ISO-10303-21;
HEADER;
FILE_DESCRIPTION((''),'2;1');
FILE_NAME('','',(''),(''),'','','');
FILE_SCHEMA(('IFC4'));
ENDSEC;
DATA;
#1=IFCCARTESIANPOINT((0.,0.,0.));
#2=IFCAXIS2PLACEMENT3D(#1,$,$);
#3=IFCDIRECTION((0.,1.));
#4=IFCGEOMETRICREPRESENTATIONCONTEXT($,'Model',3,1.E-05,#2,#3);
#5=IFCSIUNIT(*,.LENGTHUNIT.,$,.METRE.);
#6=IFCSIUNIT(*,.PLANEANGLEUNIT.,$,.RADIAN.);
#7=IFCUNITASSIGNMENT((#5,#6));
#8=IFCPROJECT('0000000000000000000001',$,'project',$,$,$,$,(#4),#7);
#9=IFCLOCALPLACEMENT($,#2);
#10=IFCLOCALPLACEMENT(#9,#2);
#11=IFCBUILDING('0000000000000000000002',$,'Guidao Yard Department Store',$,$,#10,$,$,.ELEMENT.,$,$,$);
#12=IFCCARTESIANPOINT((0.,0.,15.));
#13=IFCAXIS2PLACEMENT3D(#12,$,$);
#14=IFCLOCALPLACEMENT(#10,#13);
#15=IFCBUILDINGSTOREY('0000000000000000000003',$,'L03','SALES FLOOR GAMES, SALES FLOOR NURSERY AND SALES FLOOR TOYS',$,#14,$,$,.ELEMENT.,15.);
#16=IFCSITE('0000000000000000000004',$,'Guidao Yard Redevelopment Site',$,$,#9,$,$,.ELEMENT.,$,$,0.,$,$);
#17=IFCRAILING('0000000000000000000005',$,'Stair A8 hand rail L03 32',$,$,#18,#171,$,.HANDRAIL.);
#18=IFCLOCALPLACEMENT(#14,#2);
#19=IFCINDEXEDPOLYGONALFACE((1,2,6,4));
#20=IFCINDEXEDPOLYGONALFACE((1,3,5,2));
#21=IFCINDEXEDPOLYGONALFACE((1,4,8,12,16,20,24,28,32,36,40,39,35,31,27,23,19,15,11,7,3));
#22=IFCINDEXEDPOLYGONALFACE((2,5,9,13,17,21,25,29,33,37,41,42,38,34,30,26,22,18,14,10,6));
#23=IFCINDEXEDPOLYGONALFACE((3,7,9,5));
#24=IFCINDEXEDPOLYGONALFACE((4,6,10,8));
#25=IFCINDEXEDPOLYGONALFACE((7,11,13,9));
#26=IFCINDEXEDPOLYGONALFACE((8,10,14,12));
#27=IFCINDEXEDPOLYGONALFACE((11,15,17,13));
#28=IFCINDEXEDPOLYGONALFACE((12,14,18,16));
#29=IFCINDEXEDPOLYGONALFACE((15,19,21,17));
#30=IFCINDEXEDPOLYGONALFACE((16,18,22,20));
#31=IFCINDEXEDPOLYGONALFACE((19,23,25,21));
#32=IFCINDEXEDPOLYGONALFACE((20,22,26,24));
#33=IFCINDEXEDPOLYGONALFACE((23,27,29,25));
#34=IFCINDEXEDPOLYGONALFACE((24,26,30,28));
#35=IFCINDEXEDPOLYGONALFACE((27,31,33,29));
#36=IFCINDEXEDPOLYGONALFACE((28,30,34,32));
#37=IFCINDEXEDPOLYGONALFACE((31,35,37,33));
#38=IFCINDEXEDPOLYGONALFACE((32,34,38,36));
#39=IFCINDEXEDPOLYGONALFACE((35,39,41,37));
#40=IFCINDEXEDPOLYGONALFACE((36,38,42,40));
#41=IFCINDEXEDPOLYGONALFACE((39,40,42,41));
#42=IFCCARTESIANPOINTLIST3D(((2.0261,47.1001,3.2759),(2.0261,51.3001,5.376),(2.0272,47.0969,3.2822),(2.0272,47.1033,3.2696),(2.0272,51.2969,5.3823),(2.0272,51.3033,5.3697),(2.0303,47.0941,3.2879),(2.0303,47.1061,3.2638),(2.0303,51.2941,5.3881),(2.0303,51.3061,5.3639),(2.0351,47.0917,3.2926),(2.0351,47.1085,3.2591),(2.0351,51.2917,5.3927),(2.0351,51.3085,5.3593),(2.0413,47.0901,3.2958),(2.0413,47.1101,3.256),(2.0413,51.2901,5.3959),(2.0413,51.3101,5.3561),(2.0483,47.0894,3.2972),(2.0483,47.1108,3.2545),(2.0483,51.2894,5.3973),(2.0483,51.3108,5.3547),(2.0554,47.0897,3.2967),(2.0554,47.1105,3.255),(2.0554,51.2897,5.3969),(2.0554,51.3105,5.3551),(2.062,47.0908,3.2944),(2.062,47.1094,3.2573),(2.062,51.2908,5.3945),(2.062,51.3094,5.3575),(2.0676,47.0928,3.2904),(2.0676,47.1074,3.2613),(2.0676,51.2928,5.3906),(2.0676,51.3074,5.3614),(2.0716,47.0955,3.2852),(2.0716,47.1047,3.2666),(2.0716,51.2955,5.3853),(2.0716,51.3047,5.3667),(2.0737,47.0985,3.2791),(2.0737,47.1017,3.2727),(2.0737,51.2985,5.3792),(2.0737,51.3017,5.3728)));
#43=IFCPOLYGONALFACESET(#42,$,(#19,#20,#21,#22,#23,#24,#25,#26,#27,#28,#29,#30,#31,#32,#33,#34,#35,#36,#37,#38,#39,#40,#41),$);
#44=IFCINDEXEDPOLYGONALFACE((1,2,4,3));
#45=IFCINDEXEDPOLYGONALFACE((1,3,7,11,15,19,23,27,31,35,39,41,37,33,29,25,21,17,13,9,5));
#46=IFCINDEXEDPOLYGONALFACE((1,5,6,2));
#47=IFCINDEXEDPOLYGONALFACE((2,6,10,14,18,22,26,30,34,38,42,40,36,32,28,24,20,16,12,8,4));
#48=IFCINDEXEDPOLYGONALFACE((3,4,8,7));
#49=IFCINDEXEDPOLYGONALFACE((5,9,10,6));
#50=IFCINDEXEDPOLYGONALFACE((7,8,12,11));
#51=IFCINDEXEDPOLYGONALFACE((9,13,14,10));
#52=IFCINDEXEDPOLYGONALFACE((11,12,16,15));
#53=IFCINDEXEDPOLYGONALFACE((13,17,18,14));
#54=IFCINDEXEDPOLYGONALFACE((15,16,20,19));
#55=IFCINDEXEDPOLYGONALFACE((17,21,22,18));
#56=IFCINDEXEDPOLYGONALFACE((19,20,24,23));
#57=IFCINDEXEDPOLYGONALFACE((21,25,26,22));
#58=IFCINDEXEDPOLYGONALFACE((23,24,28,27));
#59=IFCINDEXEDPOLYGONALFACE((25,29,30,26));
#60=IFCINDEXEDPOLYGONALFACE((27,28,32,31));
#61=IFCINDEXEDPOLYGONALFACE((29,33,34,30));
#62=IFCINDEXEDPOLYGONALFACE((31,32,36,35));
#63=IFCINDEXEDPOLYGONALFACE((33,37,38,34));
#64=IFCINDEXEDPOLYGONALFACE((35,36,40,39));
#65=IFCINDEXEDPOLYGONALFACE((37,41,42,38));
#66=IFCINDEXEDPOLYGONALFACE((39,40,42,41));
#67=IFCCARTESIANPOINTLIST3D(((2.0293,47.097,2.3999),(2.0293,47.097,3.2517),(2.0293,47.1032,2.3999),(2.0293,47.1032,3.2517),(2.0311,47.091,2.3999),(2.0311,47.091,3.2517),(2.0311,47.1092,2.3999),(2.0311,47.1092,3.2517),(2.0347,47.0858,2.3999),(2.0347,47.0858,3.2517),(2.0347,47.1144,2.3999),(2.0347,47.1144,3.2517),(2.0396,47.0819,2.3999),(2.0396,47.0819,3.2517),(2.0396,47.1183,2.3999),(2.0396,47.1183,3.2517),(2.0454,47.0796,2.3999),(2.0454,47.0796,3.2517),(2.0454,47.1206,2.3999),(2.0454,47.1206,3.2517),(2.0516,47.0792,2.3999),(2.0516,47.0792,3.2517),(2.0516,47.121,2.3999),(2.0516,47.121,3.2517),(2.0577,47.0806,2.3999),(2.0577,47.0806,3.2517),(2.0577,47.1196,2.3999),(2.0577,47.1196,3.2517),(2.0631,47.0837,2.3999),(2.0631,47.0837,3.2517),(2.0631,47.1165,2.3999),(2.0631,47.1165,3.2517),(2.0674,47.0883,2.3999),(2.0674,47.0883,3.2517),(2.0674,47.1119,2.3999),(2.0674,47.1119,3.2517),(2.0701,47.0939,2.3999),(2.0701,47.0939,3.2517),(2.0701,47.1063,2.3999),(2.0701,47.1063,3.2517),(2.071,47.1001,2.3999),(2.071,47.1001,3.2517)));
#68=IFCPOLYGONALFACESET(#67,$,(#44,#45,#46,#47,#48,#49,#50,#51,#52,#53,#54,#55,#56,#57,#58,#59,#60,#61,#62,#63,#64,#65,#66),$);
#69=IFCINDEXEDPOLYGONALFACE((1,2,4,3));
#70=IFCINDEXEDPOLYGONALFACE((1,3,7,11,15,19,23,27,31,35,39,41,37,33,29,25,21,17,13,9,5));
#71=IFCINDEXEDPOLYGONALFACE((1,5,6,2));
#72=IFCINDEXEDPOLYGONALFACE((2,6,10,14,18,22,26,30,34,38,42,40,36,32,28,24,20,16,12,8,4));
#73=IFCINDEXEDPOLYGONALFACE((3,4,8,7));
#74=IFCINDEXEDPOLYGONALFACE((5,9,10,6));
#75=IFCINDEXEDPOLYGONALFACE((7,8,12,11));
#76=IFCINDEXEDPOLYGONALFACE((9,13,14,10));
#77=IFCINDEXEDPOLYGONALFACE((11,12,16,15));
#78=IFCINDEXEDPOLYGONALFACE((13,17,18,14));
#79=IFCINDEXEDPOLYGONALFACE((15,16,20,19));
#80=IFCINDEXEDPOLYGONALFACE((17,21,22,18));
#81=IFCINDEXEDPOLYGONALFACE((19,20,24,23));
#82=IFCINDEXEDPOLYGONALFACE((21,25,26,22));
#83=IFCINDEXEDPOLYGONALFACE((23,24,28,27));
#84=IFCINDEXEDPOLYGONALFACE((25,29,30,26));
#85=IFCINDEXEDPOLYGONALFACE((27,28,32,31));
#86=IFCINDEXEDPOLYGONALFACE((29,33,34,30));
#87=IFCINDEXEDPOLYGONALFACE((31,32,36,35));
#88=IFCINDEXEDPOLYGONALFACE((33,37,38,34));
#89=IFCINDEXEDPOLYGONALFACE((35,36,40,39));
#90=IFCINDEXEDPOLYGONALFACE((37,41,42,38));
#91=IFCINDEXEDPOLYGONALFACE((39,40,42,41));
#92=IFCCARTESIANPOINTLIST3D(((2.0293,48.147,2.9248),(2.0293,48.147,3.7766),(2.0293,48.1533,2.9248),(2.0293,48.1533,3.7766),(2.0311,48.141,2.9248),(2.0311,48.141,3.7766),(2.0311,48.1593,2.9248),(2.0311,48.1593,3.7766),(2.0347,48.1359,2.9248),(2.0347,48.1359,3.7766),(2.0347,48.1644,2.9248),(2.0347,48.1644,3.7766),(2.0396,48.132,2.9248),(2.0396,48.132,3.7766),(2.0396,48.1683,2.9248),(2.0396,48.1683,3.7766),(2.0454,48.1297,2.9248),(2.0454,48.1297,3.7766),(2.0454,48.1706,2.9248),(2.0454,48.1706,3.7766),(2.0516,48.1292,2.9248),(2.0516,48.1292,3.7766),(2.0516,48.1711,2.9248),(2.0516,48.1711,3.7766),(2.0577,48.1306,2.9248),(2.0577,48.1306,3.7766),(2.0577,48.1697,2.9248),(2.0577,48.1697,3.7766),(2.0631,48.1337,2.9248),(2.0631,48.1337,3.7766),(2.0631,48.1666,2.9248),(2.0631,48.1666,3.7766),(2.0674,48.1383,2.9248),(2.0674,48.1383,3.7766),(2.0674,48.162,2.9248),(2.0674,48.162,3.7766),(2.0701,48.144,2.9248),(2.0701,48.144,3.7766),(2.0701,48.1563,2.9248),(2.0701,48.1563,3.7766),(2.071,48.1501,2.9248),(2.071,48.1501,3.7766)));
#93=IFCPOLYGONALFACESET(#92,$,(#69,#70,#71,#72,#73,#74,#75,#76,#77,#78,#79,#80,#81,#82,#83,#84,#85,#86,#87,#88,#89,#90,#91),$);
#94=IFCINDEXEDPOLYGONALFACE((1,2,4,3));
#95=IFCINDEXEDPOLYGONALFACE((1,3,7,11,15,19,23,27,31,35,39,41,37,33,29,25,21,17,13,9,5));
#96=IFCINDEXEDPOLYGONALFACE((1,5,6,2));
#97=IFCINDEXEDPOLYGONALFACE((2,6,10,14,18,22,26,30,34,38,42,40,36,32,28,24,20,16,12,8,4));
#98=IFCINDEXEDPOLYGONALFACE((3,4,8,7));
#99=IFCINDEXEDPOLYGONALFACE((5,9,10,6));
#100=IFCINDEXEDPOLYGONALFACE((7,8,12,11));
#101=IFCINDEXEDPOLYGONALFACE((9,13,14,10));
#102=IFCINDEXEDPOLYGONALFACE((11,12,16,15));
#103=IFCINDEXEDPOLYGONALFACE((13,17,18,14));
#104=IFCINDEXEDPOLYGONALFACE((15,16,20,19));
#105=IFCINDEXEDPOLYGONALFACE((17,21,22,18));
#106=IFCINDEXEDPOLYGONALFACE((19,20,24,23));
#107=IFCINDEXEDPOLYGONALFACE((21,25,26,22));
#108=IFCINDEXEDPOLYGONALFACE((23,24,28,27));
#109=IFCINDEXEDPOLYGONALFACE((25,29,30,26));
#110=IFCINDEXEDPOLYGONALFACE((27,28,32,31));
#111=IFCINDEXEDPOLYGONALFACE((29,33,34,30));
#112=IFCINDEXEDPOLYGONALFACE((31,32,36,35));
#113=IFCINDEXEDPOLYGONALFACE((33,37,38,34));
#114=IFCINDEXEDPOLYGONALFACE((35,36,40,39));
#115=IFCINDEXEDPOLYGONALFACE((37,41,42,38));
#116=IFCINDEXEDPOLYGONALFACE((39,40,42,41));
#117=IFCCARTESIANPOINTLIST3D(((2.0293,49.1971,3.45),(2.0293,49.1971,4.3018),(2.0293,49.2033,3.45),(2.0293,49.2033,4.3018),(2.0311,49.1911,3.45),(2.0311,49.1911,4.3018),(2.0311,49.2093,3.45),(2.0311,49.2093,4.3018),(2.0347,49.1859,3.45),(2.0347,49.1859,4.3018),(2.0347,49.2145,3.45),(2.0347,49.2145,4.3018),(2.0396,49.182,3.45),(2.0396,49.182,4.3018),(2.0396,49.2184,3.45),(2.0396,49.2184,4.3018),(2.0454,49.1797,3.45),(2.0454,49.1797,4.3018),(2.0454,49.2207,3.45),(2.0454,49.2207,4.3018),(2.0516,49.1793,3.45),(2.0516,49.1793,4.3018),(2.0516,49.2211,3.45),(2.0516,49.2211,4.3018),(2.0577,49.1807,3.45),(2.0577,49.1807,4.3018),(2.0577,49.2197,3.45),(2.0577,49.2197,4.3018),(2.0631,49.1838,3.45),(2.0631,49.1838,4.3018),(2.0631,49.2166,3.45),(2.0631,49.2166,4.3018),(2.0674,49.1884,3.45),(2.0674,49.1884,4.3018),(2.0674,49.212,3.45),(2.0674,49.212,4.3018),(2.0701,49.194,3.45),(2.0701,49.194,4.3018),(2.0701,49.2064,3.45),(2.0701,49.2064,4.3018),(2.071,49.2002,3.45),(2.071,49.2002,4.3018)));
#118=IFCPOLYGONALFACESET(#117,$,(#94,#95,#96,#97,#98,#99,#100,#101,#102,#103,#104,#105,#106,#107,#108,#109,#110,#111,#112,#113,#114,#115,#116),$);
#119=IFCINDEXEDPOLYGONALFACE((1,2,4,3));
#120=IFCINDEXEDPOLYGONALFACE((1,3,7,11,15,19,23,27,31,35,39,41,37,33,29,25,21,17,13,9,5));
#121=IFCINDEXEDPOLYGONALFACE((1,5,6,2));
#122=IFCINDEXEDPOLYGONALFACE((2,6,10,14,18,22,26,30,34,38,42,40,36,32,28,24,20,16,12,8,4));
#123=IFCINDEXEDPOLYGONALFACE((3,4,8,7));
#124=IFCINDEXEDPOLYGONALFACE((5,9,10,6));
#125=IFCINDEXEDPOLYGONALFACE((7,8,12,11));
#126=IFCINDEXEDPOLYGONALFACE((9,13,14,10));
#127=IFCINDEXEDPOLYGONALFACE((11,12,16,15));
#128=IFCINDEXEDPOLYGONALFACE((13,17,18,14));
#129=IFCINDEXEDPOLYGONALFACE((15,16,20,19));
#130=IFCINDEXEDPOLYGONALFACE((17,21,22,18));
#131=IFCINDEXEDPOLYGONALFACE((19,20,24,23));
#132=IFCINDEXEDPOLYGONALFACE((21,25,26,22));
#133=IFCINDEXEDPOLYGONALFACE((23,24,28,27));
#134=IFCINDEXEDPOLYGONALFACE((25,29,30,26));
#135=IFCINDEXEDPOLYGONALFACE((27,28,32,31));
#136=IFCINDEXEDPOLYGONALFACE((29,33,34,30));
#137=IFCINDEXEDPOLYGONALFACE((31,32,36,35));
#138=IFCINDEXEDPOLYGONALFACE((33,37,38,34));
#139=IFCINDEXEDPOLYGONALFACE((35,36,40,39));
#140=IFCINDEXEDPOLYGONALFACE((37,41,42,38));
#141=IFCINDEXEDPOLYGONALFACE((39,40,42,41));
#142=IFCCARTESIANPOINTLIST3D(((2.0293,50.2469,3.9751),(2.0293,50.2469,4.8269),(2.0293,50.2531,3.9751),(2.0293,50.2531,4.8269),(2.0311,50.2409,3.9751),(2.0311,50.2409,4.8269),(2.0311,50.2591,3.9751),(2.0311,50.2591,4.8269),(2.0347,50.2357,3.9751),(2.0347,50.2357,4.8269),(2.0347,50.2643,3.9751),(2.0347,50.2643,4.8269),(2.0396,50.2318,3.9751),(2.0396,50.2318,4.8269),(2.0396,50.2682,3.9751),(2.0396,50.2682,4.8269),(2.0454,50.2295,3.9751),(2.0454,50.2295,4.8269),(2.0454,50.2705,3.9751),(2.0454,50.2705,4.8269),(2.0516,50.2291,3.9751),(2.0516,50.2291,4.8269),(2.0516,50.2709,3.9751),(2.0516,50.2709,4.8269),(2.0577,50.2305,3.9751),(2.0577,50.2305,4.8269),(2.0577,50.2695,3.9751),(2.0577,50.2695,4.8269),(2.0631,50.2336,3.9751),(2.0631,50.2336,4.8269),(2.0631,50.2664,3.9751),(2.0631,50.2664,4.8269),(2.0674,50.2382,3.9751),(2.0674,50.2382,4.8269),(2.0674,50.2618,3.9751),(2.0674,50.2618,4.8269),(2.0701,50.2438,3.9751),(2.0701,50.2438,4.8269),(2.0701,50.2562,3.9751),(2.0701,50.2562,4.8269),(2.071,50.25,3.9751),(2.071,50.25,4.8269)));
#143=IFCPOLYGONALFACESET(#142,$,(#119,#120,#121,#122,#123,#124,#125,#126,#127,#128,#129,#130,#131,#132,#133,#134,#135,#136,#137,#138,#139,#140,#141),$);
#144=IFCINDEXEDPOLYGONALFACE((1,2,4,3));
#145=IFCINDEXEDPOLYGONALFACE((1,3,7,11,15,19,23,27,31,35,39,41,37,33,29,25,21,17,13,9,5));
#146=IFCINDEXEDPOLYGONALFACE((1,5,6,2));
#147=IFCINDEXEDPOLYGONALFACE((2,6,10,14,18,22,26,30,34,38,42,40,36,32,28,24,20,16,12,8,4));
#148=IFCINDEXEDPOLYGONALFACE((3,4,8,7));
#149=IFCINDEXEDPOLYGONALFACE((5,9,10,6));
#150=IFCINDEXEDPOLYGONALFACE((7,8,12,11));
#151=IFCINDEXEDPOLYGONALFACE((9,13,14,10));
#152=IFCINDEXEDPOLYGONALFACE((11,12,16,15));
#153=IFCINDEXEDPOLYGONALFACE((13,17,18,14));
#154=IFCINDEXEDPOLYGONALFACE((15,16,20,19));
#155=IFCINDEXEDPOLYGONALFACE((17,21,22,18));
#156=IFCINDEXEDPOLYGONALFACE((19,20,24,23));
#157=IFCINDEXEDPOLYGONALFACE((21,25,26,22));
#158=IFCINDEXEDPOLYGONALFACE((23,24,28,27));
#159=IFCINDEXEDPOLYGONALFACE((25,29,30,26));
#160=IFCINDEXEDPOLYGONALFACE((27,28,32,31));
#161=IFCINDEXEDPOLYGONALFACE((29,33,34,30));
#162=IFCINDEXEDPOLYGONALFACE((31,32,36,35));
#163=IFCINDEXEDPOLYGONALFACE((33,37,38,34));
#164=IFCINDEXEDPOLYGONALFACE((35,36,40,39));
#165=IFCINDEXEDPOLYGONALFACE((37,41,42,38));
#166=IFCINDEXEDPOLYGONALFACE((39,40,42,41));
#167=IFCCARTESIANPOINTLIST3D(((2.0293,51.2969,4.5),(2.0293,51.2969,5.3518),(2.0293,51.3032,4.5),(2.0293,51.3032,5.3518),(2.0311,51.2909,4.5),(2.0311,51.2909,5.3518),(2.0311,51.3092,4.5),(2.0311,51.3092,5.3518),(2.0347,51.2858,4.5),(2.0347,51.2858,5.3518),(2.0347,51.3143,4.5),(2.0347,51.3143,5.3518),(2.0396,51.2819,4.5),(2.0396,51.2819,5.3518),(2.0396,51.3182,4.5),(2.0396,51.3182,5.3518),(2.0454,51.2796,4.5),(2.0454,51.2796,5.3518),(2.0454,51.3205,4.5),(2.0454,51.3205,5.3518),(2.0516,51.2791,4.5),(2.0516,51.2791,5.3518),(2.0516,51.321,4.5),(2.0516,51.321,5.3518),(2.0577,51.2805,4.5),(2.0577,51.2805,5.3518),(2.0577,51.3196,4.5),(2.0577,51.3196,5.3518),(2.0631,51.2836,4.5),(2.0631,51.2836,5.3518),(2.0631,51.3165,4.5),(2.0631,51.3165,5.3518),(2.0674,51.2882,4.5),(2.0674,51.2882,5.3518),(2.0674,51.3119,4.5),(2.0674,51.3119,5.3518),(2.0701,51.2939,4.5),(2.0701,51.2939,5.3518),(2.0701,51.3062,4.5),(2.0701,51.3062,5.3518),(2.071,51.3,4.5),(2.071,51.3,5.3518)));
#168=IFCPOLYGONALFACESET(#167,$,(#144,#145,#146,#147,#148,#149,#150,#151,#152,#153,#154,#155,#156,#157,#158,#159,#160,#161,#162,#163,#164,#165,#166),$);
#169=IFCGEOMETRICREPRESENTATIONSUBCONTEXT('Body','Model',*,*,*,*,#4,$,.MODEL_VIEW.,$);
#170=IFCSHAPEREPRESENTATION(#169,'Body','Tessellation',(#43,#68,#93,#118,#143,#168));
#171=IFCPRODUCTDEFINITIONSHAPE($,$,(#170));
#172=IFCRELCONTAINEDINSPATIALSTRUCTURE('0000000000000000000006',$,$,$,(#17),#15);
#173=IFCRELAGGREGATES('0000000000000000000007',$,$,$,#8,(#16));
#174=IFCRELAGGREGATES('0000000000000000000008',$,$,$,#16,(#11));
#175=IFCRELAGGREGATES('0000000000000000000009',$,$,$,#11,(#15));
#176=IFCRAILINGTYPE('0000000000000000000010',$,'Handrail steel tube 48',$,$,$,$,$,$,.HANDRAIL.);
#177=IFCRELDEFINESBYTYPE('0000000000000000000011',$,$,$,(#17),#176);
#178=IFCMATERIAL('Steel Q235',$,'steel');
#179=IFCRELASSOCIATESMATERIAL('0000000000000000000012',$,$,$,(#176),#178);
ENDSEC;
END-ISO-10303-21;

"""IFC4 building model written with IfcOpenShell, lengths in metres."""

from ifc_helpers import new_model, si_unit, direction, frame, origin, origin_2d, place, context, subcontext, project, spatial, circle, extrude, material, type_object, element, save


model = new_model("IFC4")

# Units and contexts
model_context = context("Model", 3, precision=1e-05, world=origin(), true_north=direction((0.0, 1.0)))
body_context = subcontext(model_context, "Body", "Model", "MODEL_VIEW")
ifc_project = project(units=[si_unit("LENGTHUNIT", "METRE"), si_unit("PLANEANGLEUNIT", "RADIAN")], contexts=[model_context])

# Site, building, storey
site_placement = place(None, origin())
site = spatial("IfcSite", under=ifc_project, at=site_placement, Name="Guidao Yard Redevelopment Site", CompositionType="ELEMENT", RefElevation=0.0)
building_placement = place(site_placement, origin())
building = spatial("IfcBuilding", under=site, at=building_placement, Name="Guidao Yard Department Store", CompositionType="ELEMENT")
storey_placement = place(building_placement, frame((0.0, 0.0, 15.0)))
storey = spatial("IfcBuildingStorey", under=building, at=storey_placement, Name="L03", Description="SALES FLOOR GAMES, SALES FLOOR NURSERY AND SALES FLOOR TOYS", CompositionType="ELEMENT", Elevation=15.0)

# Railing
ifc_material_1 = material(Name="Steel Q235", Category="steel")
railing_type_1 = type_object("IfcRailingType", Name="Handrail steel tube 48", PredefinedType="HANDRAIL", material=ifc_material_1)
for number, where, name in (
    (1, (2.05, 47.1001, 2.3999), "Stair A8 hand rail L03 32"),
):
    element("IfcRailing", number, at=place(storey_placement, frame(where)), inside=storey, type_object=railing_type_1, Name=name, PredefinedType="HANDRAIL", context=body_context, shape_type="SweptSolid", body=[
        extrude(circle(Radius=0.0239, at=origin_2d()), frame((0.0, 0.0, 0.876), z_axis=(0.0, 0.894417, 0.447234), x_axis=(-1.0, 0.0, 0.0)), (0.0, 0.0, 1.0), 4.6958),
        extrude(circle(Radius=0.021, at=origin_2d()), origin(), (0.0, 0.0, 1.0), 0.8518),
        extrude(circle(Radius=0.021, at=origin_2d()), frame((0.0, 1.05, 0.5249)), (0.0, 0.0, 1.0), 0.8518),
        extrude(circle(Radius=0.021, at=origin_2d()), frame((0.0, 2.1001, 1.05)), (0.0, 0.0, 1.0), 0.8518),
        extrude(circle(Radius=0.021, at=origin_2d()), frame((0.0, 3.1499, 1.5752)), (0.0, 0.0, 1.0), 0.8518),
        extrude(circle(Radius=0.021, at=origin_2d()), frame((0.0, 4.2, 2.1001)), (0.0, 0.0, 1.0), 0.8518),
    ])

save(model, "model.ifc")
